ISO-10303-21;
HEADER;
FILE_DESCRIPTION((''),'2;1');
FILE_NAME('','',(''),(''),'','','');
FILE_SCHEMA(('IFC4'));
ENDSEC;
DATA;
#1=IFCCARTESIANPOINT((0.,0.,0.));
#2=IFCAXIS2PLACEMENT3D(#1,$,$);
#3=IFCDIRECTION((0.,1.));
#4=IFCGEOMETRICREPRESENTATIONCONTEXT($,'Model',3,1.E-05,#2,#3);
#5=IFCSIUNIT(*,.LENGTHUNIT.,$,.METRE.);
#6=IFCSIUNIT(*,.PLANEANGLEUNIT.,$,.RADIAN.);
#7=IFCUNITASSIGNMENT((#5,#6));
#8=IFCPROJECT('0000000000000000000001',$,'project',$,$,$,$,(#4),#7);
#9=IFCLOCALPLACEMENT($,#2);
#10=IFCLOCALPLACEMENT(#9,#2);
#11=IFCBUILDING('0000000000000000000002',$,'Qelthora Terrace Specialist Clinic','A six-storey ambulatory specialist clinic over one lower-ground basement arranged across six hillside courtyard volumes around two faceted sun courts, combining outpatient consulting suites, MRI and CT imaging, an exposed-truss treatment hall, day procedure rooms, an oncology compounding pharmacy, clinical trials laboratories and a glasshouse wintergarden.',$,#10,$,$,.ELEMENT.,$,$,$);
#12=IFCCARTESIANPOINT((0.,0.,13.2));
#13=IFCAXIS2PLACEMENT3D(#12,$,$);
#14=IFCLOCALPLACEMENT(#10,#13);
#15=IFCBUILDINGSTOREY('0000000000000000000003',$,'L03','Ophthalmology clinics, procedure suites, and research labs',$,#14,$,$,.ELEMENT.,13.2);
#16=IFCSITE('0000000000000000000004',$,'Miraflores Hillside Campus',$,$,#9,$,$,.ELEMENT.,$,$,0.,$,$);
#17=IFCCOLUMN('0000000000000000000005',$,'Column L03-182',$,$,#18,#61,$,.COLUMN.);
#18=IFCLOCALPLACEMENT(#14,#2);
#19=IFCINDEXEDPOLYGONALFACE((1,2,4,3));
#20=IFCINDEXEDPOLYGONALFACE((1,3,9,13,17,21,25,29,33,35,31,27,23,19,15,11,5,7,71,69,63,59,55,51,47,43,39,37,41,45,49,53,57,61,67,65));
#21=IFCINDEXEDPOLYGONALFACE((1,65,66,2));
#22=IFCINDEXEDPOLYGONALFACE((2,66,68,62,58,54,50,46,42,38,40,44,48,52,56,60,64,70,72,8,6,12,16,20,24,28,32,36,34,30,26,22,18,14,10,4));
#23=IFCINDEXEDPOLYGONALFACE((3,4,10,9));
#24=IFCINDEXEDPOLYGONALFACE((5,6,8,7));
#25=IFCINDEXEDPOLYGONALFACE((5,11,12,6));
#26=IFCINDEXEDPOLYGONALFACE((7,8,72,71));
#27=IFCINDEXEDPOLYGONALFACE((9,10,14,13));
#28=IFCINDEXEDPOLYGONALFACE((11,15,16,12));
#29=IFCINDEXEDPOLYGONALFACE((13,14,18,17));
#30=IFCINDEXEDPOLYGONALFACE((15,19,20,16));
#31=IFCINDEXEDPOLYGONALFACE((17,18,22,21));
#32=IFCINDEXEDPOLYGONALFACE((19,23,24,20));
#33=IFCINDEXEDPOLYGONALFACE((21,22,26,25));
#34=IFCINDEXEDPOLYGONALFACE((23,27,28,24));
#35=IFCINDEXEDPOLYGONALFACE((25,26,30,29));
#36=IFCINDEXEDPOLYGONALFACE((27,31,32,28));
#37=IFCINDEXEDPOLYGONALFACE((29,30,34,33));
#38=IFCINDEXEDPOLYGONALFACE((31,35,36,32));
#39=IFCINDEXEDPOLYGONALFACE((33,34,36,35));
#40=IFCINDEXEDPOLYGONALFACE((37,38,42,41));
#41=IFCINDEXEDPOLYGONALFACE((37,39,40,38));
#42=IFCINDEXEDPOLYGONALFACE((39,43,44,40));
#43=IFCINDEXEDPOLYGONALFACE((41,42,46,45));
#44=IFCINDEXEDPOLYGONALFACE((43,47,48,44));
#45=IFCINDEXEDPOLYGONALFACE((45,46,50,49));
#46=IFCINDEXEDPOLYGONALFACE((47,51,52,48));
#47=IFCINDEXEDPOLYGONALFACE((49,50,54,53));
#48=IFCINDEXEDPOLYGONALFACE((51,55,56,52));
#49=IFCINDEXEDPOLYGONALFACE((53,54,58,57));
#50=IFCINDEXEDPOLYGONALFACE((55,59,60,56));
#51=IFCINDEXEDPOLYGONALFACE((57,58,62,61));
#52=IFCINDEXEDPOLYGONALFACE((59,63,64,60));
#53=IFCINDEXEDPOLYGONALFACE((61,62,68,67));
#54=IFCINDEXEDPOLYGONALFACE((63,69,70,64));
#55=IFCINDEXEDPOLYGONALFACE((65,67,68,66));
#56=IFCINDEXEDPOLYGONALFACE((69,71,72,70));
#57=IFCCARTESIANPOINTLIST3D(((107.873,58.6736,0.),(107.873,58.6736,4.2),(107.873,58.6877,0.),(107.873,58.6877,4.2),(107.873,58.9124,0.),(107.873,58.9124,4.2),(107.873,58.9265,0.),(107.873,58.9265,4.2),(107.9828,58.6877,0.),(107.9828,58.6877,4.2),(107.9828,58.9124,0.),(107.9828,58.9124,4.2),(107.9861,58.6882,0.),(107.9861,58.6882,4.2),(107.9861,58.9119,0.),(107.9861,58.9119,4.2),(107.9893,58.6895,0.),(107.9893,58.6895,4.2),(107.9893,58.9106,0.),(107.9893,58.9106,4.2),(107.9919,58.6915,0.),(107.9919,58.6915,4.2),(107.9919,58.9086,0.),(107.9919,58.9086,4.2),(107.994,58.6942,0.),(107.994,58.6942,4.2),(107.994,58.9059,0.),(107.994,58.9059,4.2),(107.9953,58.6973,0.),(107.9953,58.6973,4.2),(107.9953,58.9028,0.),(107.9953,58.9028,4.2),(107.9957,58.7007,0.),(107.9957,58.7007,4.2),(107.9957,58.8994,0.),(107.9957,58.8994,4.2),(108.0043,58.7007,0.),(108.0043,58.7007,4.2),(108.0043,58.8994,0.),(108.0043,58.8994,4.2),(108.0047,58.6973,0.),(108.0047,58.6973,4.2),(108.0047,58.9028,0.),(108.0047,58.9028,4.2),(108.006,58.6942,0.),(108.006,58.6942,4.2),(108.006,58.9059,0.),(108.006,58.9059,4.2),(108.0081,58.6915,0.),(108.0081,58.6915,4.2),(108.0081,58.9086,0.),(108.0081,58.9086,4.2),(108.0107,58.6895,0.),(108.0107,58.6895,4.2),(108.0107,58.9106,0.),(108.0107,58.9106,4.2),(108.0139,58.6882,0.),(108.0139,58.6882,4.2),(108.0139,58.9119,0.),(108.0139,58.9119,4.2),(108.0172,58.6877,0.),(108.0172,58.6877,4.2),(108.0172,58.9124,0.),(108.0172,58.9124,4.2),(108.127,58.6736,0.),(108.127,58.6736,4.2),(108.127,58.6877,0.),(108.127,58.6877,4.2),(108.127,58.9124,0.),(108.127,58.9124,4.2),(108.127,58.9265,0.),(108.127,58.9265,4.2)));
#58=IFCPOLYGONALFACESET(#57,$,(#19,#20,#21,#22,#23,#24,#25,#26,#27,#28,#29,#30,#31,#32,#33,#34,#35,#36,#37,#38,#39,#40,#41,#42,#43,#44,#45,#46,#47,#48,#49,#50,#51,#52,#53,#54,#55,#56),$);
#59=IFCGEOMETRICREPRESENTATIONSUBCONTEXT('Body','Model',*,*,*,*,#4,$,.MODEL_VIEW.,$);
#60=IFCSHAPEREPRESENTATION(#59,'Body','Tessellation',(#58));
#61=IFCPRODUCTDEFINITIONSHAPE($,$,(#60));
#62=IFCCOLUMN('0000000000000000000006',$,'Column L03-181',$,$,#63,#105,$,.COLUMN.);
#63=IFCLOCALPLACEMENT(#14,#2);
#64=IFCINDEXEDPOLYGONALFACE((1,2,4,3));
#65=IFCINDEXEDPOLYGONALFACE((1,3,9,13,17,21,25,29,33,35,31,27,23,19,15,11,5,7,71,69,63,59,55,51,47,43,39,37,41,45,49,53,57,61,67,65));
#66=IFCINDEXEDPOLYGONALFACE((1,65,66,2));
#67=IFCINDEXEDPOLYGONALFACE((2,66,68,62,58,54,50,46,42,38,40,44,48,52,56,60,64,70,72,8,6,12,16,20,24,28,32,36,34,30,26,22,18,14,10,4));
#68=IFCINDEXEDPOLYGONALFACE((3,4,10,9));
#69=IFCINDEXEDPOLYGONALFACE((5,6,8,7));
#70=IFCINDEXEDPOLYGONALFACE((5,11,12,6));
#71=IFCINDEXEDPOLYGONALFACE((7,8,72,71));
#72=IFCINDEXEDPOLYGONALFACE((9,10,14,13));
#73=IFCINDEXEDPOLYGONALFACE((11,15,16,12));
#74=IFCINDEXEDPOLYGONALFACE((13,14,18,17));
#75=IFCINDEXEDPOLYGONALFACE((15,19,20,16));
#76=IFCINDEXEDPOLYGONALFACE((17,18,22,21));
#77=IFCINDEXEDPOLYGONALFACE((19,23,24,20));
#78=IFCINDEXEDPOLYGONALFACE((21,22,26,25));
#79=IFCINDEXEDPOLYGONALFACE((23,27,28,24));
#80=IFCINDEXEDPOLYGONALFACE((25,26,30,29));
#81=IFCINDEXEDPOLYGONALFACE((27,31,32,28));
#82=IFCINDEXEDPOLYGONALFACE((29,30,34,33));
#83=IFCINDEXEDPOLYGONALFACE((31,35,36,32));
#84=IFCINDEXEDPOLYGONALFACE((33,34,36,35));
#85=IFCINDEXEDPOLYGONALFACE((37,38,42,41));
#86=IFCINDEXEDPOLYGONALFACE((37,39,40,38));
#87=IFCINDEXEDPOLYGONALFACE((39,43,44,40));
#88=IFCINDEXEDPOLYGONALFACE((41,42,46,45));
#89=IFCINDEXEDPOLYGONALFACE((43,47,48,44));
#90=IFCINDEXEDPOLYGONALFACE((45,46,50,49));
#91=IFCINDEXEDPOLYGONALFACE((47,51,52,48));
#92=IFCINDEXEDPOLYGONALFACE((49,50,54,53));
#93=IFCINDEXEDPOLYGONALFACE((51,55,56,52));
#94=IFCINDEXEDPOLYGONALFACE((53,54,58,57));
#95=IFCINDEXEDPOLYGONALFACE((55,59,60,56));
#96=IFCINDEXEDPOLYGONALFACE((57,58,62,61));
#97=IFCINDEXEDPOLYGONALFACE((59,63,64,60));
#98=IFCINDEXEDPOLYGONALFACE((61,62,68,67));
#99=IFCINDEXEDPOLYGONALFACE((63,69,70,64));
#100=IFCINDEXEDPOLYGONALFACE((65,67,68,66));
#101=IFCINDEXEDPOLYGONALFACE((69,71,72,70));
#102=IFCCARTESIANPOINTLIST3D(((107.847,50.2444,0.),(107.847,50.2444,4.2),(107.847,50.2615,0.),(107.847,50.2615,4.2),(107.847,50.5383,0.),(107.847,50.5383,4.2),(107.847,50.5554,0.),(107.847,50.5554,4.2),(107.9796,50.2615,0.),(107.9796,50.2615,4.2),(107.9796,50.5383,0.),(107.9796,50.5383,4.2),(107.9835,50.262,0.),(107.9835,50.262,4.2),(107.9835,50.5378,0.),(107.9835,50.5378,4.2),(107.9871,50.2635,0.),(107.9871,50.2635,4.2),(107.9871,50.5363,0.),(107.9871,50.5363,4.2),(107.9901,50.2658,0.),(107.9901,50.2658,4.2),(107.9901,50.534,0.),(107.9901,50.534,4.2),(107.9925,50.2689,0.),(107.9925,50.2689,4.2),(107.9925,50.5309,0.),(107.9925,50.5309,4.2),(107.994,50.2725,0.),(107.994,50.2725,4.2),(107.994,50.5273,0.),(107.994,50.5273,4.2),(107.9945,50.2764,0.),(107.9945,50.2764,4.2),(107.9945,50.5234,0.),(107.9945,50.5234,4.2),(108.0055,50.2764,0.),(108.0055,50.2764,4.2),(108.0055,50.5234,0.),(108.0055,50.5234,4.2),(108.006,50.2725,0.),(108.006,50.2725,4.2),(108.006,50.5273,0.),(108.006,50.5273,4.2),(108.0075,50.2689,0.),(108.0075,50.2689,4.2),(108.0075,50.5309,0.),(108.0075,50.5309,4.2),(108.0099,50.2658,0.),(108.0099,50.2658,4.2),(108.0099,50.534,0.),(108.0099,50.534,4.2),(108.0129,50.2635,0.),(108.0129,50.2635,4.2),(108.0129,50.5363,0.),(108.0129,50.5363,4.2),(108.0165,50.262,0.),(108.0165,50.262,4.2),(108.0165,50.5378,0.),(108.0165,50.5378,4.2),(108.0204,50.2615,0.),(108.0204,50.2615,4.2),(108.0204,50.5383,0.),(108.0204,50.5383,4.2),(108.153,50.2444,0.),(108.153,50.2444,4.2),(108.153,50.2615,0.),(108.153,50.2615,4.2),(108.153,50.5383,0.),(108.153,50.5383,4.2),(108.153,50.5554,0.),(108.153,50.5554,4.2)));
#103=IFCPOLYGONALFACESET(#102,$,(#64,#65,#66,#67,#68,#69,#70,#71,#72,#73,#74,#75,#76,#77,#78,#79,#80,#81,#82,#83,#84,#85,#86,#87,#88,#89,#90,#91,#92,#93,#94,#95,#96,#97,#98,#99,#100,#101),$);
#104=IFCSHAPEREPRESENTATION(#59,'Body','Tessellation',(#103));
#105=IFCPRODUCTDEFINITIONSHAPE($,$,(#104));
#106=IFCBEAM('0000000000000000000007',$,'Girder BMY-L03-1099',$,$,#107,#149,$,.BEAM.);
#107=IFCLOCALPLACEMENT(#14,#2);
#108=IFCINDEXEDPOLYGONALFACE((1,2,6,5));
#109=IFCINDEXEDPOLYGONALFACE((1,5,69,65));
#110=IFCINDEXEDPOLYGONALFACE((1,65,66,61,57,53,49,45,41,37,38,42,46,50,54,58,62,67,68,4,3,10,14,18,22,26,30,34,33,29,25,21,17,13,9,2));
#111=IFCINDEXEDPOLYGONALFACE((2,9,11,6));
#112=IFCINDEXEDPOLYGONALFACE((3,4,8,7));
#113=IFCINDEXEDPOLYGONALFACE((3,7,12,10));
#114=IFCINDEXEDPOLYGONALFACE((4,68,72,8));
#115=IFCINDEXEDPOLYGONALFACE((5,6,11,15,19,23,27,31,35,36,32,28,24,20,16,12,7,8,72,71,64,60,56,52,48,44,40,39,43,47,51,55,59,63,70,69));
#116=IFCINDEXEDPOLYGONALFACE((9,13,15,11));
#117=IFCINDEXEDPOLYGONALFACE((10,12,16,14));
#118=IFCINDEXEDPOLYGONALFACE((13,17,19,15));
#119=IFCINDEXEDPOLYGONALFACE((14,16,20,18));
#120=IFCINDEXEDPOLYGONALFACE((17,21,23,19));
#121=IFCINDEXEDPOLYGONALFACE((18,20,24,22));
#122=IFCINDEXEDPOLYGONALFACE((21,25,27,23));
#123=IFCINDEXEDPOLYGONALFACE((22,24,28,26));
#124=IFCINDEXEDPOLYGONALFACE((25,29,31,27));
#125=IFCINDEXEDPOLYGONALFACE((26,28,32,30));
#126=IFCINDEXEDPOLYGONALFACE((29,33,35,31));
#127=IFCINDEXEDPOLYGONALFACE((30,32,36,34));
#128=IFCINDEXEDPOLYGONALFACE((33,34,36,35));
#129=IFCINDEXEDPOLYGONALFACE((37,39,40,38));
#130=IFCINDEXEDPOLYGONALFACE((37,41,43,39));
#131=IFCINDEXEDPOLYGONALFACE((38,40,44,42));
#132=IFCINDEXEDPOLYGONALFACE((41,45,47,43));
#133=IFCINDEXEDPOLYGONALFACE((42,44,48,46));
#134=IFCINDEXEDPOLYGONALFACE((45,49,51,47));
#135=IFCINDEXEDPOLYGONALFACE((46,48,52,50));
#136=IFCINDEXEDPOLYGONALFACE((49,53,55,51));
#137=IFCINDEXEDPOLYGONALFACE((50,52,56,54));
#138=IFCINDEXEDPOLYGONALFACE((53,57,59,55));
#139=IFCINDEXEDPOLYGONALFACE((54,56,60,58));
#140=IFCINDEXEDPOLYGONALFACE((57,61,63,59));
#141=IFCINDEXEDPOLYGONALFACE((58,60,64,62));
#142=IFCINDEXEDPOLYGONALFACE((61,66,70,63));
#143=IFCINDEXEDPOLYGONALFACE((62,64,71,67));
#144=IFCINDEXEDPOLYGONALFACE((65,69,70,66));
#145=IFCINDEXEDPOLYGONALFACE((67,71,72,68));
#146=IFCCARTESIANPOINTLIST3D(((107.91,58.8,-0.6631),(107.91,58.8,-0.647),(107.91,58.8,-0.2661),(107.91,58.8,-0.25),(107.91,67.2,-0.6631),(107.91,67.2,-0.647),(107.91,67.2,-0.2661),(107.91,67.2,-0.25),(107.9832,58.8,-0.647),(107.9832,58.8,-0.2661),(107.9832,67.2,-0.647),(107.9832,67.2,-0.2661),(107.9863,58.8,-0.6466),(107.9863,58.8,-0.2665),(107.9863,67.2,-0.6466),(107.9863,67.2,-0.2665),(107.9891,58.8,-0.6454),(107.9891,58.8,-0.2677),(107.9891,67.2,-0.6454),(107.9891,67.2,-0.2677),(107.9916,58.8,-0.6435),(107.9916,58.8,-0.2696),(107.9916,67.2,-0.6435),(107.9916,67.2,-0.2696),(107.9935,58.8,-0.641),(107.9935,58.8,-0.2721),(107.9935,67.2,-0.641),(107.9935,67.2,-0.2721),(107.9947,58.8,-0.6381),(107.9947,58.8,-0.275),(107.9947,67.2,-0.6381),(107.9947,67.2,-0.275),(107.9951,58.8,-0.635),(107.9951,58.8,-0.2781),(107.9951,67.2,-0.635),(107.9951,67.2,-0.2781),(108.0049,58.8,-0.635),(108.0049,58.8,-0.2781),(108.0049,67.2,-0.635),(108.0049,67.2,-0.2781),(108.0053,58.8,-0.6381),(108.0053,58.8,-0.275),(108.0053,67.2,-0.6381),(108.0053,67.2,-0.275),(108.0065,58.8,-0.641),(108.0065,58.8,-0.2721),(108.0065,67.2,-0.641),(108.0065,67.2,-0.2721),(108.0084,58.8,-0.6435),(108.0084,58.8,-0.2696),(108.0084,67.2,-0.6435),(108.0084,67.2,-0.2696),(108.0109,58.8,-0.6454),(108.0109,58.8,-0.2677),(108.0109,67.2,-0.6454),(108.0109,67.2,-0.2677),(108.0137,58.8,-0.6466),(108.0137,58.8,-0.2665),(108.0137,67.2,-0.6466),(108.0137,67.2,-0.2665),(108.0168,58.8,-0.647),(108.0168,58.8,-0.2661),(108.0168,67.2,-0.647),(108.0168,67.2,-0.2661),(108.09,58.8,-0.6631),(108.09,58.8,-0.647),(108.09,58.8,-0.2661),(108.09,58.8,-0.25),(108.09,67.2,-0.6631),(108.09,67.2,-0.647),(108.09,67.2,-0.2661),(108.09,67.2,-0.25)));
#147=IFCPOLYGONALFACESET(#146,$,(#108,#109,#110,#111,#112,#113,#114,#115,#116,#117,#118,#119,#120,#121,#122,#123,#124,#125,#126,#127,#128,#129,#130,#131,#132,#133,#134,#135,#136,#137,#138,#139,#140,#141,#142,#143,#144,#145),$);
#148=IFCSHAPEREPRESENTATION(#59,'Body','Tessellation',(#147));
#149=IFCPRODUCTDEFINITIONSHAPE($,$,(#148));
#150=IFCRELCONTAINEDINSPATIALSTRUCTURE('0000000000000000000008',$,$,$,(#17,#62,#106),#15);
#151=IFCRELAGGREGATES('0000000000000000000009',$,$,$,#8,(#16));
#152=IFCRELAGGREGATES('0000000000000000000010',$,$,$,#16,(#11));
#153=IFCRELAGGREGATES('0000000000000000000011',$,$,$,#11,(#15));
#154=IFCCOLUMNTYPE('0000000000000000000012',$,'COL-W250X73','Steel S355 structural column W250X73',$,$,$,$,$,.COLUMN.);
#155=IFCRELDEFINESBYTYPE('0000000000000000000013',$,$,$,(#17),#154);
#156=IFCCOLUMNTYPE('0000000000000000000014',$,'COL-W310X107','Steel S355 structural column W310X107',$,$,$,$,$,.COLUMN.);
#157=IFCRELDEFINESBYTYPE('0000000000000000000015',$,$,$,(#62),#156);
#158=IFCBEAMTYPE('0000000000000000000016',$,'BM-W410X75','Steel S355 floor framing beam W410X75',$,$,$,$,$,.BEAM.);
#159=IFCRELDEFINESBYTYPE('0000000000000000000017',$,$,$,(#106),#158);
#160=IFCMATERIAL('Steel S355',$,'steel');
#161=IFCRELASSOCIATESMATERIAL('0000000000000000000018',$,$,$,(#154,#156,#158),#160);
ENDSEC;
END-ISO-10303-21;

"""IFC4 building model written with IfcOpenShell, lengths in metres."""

from ifc_helpers import new_model, si_unit, direction, frame, origin, origin_2d, place, context, subcontext, project, spatial, i_section, extrude, material, material_profile, profile_set, type_object, element, save


model = new_model("IFC4")

# Units and contexts
model_context = context("Model", 3, precision=1e-05, world=origin(), true_north=direction((0.0, 1.0)))
body_context = subcontext(model_context, "Body", "Model", "MODEL_VIEW")
ifc_project = project(units=[si_unit("LENGTHUNIT", "METRE"), si_unit("PLANEANGLEUNIT", "RADIAN")], contexts=[model_context])

# Site, building, storey
site_placement = place(None, origin())
site = spatial("IfcSite", under=ifc_project, at=site_placement, Name="Miraflores Hillside Campus", CompositionType="ELEMENT", RefElevation=0.0)
building_placement = place(site_placement, origin())
building = spatial("IfcBuilding", under=site, at=building_placement, Name="Qelthora Terrace Specialist Clinic", Description="A six-storey ambulatory specialist clinic over one lower-ground basement arranged across six hillside courtyard volumes around two faceted sun courts, combining outpatient consulting suites, MRI and CT imaging, an exposed-truss treatment hall, day procedure rooms, an oncology compounding pharmacy, clinical trials laboratories and a glasshouse wintergarden.", CompositionType="ELEMENT")
storey_placement = place(building_placement, frame((0.0, 0.0, 13.2)))
storey = spatial("IfcBuildingStorey", under=building, at=storey_placement, Name="L03", Description="Ophthalmology clinics, procedure suites, and research labs", CompositionType="ELEMENT", Elevation=13.2)

# Columns
ifc_material_1 = material(Name="Steel S355", Category="steel")
ifc_material_profile_1 = material_profile(ifc_material_1, i_section(OverallWidth=0.2539, OverallDepth=0.2529, WebThickness=0.0085, FlangeThickness=0.0142, FilletRadius=0.0129, at=origin_2d()), Name="W250X73")
ifc_profile_set_1 = profile_set([ifc_material_profile_1], Name="Steel S355")
column_type_1 = type_object("IfcColumnType", Name="COL-W250X73", Description="Steel S355 structural column W250X73", PredefinedType="COLUMN", material=ifc_profile_set_1)
column_1_placement = place(storey_placement, frame((108.0, 58.8, 0.0), z_axis=(0.0, 0.0, 1.0), x_axis=(1.0, 0.0, 0.0)))
element("IfcColumn", 1, at=column_1_placement, inside=storey, type_object=column_type_1, Name="Column L03-182", PredefinedType="COLUMN", context=body_context, shape_type="SweptSolid", body=[
    extrude(i_section(OverallWidth=0.2539, OverallDepth=0.2529, WebThickness=0.0085, FlangeThickness=0.0142, FilletRadius=0.0129, at=origin_2d()), origin(), (0.0, 0.0, 1.0), 4.2),
])
ifc_material_profile_2 = material_profile(ifc_material_1, i_section(OverallWidth=0.3059, OverallDepth=0.311, WebThickness=0.011, FlangeThickness=0.0171, FilletRadius=0.0149, at=origin_2d()), Name="W310X107")
ifc_profile_set_2 = profile_set([ifc_material_profile_2], Name="Steel S355")
column_type_2 = type_object("IfcColumnType", Name="COL-W310X107", Description="Steel S355 structural column W310X107", PredefinedType="COLUMN", material=ifc_profile_set_2)
column_2_placement = place(storey_placement, frame((108.0, 50.3999, 0.0), z_axis=(0.0, 0.0, 1.0), x_axis=(1.0, 0.0, 0.0)))
element("IfcColumn", 2, at=column_2_placement, inside=storey, type_object=column_type_2, Name="Column L03-181", PredefinedType="COLUMN", context=body_context, shape_type="SweptSolid", body=[
    extrude(i_section(OverallWidth=0.3059, OverallDepth=0.311, WebThickness=0.011, FlangeThickness=0.0171, FilletRadius=0.0149, at=origin_2d()), origin(), (0.0, 0.0, 1.0), 4.2),
])

# Beam
ifc_material_profile_3 = material_profile(ifc_material_1, i_section(OverallWidth=0.1799, OverallDepth=0.4131, WebThickness=0.0098, FlangeThickness=0.0161, FilletRadius=0.012, at=origin_2d()), Name="W410X75")
ifc_profile_set_3 = profile_set([ifc_material_profile_3], Name="Steel S355")
beam_type_1 = type_object("IfcBeamType", Name="BM-W410X75", Description="Steel S355 floor framing beam W410X75", PredefinedType="BEAM", material=ifc_profile_set_3)
beam_1_placement = place(storey_placement, frame((108.0, 58.8, -0.4565), z_axis=(0.0, 1.0, 0.0), x_axis=(-1.0, 0.0, 0.0)))
element("IfcBeam", 3, at=beam_1_placement, inside=storey, type_object=beam_type_1, Name="Girder BMY-L03-1099", PredefinedType="BEAM", context=body_context, shape_type="SweptSolid", body=[
    extrude(i_section(OverallWidth=0.1799, OverallDepth=0.4131, WebThickness=0.0098, FlangeThickness=0.0161, FilletRadius=0.012, at=origin_2d()), origin(), (0.0, 0.0, 1.0), 8.3999),
])

save(model, "model.ifc")
